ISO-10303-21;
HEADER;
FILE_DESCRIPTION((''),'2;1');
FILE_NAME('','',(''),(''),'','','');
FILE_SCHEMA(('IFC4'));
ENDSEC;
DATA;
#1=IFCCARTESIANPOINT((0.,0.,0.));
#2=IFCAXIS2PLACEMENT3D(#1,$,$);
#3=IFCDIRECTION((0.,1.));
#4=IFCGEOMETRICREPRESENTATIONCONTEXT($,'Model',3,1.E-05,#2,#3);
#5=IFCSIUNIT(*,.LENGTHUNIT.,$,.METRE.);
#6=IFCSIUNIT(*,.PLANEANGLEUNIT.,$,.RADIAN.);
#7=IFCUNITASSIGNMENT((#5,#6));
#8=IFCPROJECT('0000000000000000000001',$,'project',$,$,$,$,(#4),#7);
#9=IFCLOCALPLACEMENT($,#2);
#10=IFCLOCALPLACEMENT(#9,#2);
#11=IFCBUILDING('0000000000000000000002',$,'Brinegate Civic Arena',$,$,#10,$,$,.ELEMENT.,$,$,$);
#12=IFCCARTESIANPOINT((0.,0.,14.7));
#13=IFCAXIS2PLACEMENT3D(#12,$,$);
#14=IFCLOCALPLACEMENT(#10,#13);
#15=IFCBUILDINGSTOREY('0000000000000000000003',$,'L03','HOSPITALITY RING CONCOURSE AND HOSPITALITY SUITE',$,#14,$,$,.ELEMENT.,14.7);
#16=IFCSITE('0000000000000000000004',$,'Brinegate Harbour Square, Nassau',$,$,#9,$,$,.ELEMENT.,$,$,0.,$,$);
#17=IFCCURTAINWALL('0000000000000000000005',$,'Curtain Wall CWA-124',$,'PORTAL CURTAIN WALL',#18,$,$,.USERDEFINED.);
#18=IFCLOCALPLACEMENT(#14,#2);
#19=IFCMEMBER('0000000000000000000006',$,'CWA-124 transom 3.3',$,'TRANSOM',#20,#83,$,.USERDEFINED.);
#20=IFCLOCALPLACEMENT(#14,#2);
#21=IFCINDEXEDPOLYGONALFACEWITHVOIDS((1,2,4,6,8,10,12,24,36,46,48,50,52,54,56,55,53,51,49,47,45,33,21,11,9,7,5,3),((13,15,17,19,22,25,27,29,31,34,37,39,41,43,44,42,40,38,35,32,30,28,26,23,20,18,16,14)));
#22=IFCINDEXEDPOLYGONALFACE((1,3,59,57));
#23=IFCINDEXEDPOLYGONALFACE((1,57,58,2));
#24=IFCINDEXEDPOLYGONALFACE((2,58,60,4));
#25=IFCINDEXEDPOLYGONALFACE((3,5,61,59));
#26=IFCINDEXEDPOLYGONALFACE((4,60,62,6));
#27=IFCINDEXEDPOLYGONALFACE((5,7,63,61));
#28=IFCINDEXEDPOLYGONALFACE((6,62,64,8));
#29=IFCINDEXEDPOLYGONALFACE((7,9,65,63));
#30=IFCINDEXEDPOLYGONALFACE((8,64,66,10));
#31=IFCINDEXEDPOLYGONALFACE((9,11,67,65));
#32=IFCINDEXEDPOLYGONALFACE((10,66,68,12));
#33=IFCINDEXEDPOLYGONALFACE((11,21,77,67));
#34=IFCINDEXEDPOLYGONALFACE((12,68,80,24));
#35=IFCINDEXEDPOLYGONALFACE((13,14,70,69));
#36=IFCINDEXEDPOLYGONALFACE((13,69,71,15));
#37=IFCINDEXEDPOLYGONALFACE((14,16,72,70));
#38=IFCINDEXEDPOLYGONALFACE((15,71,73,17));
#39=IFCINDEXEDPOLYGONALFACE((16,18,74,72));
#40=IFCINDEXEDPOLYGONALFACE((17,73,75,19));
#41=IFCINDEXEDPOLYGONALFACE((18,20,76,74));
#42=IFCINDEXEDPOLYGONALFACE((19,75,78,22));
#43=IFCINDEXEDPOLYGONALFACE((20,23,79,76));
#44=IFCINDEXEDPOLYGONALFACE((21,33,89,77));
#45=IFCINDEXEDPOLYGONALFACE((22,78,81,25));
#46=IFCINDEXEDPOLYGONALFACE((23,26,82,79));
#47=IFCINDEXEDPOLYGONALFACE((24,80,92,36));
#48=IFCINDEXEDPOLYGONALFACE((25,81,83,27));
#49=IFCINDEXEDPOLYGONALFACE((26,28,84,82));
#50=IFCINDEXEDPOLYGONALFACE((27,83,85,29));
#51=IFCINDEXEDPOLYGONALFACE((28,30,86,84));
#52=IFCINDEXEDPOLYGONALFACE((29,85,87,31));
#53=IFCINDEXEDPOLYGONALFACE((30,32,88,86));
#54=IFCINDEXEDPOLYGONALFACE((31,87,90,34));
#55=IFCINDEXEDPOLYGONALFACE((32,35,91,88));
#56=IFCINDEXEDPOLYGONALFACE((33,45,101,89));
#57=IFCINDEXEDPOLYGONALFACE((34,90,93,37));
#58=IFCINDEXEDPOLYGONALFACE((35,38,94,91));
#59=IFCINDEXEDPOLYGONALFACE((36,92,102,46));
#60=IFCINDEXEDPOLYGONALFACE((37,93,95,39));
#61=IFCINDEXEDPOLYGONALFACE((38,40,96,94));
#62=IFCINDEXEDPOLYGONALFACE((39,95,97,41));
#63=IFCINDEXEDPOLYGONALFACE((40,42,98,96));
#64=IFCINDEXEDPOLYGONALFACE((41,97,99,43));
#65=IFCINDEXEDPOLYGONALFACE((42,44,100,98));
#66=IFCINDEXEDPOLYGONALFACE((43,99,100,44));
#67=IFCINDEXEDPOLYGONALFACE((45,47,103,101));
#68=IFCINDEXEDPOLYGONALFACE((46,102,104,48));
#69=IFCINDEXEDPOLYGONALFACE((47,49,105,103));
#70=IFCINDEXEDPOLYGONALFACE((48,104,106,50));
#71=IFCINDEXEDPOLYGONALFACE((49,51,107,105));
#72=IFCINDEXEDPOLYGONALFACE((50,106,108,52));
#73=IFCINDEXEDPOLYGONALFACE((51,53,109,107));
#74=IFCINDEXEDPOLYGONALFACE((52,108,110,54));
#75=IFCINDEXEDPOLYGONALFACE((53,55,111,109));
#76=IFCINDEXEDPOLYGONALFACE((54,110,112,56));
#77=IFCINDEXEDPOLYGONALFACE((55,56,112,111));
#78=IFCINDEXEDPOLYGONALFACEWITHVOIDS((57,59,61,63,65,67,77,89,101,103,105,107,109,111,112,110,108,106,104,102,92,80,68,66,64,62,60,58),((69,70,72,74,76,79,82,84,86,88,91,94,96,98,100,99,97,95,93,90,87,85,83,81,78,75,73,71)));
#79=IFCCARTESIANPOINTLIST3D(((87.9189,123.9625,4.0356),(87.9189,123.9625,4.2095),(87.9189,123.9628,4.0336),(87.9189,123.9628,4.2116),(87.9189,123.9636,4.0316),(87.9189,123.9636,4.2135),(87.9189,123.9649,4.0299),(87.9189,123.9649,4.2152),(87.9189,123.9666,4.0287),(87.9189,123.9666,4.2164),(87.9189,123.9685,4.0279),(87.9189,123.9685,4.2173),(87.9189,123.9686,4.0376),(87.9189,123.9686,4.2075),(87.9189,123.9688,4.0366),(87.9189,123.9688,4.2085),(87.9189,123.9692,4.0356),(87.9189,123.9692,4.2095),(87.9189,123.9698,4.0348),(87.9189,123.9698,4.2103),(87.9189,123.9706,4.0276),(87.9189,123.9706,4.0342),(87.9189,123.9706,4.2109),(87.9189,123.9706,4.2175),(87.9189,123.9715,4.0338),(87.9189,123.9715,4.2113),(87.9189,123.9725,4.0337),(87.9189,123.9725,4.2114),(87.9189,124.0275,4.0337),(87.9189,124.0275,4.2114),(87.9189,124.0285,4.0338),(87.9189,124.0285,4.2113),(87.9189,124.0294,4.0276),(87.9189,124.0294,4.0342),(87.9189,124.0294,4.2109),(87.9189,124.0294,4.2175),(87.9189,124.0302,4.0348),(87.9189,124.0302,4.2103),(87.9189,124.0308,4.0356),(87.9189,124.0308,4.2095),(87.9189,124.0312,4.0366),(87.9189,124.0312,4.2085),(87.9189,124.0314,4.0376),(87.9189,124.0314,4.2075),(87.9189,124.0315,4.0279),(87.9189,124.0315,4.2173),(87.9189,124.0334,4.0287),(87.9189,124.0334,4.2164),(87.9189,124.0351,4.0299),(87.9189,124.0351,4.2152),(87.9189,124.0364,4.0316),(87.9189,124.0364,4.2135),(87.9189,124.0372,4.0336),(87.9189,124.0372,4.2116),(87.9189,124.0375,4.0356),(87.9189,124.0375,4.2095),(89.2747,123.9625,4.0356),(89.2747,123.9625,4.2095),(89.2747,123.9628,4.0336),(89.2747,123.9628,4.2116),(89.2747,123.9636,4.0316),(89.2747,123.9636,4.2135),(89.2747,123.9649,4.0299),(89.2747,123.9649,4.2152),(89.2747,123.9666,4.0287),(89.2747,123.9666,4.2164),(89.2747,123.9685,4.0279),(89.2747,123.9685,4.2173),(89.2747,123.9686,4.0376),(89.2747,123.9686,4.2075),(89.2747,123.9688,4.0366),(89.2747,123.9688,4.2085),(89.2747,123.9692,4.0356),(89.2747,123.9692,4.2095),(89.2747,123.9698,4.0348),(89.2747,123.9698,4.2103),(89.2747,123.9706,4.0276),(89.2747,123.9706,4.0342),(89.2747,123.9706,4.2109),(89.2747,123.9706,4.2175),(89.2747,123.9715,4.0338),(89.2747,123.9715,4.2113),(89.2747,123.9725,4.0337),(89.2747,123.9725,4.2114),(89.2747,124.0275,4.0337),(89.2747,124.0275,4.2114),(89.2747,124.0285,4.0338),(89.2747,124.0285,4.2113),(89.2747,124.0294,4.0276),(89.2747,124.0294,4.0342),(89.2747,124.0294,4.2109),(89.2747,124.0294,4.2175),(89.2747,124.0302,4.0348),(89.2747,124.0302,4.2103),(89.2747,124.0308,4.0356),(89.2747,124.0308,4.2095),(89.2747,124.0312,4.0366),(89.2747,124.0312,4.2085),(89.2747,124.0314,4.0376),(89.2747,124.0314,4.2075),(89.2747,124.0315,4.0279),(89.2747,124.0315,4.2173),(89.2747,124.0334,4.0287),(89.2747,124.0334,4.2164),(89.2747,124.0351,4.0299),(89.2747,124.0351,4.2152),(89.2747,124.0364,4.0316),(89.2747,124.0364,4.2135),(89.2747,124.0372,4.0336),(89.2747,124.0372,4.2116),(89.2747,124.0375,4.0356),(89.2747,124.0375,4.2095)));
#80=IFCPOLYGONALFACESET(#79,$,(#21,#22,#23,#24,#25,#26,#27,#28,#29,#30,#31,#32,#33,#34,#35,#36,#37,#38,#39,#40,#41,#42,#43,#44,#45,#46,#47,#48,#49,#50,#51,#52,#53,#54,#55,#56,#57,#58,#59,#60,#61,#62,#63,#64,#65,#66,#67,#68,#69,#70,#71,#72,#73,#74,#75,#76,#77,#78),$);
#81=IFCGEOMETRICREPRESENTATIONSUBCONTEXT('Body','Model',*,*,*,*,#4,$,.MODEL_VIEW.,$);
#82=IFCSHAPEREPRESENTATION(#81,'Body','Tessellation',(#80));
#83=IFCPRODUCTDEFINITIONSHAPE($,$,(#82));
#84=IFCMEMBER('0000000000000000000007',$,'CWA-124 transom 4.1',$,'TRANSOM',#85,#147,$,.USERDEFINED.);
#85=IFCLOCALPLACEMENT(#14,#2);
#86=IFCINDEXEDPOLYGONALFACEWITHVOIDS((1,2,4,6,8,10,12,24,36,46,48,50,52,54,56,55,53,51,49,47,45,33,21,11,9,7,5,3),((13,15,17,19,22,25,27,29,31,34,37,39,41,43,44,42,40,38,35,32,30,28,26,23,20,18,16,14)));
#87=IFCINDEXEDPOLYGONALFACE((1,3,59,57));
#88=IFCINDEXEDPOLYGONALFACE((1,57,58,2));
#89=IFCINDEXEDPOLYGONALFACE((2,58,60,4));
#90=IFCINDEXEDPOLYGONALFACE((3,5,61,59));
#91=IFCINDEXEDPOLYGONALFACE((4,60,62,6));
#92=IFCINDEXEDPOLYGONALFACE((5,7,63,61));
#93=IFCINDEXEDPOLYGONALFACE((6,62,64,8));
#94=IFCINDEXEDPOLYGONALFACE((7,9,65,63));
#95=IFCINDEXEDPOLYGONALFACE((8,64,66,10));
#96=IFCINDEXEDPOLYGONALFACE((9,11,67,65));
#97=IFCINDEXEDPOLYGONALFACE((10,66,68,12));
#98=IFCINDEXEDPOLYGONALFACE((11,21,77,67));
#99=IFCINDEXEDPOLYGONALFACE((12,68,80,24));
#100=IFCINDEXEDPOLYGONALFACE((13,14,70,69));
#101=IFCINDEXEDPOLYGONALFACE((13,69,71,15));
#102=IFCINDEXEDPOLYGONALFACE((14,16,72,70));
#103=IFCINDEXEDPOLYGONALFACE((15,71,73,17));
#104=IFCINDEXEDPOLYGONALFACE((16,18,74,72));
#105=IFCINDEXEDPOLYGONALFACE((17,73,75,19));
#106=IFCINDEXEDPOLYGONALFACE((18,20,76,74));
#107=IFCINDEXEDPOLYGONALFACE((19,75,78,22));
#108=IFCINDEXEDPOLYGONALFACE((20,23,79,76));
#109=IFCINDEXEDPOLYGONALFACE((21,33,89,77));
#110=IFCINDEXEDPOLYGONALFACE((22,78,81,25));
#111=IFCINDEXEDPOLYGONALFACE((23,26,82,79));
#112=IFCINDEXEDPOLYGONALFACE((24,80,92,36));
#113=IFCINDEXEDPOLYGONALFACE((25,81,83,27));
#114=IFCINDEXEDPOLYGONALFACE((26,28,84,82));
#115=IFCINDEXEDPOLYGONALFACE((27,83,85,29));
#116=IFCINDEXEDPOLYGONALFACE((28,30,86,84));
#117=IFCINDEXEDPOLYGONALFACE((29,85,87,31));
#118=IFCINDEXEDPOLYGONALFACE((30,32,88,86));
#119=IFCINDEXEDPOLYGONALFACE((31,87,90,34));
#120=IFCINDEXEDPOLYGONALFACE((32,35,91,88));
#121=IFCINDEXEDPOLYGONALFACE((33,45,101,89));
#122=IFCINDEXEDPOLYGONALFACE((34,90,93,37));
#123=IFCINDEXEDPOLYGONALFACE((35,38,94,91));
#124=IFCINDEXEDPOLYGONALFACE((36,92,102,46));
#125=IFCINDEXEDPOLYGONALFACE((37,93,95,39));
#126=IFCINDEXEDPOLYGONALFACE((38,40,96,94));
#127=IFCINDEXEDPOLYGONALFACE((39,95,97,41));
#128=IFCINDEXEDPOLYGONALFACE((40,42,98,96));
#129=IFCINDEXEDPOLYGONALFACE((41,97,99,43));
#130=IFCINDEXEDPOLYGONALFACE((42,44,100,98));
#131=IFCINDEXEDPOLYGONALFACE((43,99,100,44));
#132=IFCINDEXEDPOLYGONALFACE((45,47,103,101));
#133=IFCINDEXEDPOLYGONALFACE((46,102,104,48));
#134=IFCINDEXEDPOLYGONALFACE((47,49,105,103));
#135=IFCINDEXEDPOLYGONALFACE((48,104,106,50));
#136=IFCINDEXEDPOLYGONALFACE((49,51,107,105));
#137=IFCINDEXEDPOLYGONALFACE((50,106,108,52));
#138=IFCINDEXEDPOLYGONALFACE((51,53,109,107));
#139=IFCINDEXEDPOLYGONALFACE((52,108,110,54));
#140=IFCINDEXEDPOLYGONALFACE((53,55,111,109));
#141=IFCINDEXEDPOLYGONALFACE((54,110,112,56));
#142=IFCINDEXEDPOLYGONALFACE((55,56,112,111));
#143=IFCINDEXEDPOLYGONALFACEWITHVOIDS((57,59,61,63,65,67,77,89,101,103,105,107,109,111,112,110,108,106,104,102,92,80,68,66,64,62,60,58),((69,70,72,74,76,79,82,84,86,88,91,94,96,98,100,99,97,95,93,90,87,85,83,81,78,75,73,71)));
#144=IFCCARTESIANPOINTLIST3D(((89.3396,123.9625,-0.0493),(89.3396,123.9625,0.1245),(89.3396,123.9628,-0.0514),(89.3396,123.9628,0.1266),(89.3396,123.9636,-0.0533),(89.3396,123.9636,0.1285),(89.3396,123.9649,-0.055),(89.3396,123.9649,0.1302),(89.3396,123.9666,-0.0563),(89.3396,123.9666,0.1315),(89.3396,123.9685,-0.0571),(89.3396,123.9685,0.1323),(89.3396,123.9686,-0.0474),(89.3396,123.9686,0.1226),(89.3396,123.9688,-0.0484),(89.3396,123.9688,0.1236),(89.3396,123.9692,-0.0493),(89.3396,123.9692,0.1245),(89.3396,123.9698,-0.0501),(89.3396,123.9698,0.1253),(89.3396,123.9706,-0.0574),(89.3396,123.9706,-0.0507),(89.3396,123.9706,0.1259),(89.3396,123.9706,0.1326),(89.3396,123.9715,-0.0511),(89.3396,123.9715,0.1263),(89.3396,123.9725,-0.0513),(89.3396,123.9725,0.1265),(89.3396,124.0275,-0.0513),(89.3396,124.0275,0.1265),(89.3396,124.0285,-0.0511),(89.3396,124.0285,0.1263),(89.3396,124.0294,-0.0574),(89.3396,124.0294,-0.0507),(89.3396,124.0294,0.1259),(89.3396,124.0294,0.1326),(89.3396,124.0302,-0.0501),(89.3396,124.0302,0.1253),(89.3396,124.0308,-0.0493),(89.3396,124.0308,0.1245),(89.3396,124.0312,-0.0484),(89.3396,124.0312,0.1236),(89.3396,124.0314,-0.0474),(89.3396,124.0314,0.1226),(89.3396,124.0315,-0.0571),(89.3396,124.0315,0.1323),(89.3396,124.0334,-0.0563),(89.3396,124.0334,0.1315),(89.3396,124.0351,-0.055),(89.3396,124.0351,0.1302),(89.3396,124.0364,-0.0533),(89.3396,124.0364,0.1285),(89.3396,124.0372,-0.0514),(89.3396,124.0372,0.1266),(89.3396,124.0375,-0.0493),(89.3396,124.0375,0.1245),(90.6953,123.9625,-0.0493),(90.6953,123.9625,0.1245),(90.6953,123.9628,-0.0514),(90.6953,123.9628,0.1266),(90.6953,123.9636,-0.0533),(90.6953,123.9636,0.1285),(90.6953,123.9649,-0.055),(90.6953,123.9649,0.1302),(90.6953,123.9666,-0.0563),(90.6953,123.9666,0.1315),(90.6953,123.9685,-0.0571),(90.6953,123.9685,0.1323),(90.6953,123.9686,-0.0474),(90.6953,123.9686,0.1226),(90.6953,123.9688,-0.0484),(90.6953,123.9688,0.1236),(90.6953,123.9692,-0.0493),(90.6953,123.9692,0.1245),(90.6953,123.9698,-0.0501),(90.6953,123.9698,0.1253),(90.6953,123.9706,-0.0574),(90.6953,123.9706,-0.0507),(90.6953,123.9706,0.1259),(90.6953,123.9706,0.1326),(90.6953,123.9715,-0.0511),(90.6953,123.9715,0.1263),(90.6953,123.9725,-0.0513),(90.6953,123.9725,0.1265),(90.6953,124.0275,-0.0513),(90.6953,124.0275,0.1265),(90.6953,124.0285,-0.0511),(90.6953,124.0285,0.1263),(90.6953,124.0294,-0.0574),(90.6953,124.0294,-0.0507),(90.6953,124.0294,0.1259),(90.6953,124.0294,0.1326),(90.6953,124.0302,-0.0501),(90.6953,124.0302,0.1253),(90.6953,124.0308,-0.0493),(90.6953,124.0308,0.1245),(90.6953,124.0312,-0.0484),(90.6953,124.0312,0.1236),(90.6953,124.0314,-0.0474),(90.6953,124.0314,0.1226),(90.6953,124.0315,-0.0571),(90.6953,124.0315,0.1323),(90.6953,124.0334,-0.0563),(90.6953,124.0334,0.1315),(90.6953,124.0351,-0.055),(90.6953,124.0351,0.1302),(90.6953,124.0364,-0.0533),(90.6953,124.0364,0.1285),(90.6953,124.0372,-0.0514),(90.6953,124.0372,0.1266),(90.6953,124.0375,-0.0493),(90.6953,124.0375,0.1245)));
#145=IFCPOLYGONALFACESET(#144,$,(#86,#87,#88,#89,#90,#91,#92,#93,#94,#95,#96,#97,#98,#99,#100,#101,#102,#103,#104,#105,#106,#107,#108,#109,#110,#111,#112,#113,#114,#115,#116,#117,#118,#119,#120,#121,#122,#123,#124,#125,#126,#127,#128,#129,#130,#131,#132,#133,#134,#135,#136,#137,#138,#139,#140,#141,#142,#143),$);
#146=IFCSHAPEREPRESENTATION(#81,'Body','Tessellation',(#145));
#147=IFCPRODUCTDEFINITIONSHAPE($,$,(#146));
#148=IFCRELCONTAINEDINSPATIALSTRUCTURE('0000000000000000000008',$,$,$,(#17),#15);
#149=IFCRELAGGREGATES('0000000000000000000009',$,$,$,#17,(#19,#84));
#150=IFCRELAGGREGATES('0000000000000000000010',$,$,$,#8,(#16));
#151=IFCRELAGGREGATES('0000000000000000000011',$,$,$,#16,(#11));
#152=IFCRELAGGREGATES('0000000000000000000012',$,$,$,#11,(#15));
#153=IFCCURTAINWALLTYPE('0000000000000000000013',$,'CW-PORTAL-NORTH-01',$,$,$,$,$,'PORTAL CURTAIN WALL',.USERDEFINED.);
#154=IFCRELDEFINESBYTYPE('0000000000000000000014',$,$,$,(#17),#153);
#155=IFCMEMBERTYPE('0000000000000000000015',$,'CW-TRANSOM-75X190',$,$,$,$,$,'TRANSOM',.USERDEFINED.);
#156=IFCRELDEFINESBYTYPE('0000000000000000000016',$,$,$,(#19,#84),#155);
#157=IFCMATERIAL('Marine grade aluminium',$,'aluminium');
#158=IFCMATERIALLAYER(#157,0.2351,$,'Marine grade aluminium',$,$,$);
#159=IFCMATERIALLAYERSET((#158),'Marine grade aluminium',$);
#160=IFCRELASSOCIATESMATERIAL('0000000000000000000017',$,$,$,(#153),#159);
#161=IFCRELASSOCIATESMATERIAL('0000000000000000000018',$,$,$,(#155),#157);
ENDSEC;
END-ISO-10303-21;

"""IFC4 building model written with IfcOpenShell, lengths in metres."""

from ifc_helpers import new_model, si_unit, direction, frame, origin, origin_2d, place, context, subcontext, project, spatial, hollow_rectangle, extrude, material, layer, layer_set, material_profile, profile_set, type_object, element, aggregate, save


model = new_model("IFC4")

# Units and contexts
model_context = context("Model", 3, precision=1e-05, world=origin(), true_north=direction((0.0, 1.0)))
body_context = subcontext(model_context, "Body", "Model", "MODEL_VIEW")
ifc_project = project(units=[si_unit("LENGTHUNIT", "METRE"), si_unit("PLANEANGLEUNIT", "RADIAN")], contexts=[model_context])

# Site, building, storey
site_placement = place(None, origin())
site = spatial("IfcSite", under=ifc_project, at=site_placement, Name="Brinegate Harbour Square, Nassau", CompositionType="ELEMENT", RefElevation=0.0)
building_placement = place(site_placement, origin())
building = spatial("IfcBuilding", under=site, at=building_placement, Name="Brinegate Civic Arena", CompositionType="ELEMENT")
storey_placement = place(building_placement, frame((0.0, 0.0, 14.7)))
storey = spatial("IfcBuildingStorey", under=building, at=storey_placement, Name="L03", Description="HOSPITALITY RING CONCOURSE AND HOSPITALITY SUITE", CompositionType="ELEMENT", Elevation=14.7)

# Curtain wall, members
ifc_material_1 = material(Name="Marine grade aluminium", Category="aluminium")
ifc_layer_1 = layer(ifc_material_1, 0.2351, Name="Marine grade aluminium")
ifc_layer_set_1 = layer_set([ifc_layer_1], Name="Marine grade aluminium")
curtain_wall_type = type_object("IfcCurtainWallType", Name="CW-PORTAL-NORTH-01", ElementType="PORTAL CURTAIN WALL", PredefinedType="USERDEFINED", material=ifc_layer_set_1)
curtain_wall_placement = place(storey_placement, origin())
curtain_wall = element("IfcCurtainWall", 1, at=curtain_wall_placement, inside=storey, type_object=curtain_wall_type, Name="Curtain Wall CWA-124", ObjectType="PORTAL CURTAIN WALL", PredefinedType="USERDEFINED")
ifc_material_profile_1 = material_profile(ifc_material_1, hollow_rectangle(XDim=0.075, YDim=0.1899, WallThickness=0.0061, InnerFilletRadius=0.0039, OuterFilletRadius=0.0081, at=origin_2d()), Name="TRN75X190")
ifc_profile_set_1 = profile_set([ifc_material_profile_1], Name="Marine grade aluminium")
member_type_1 = type_object("IfcMemberType", Name="CW-TRANSOM-75X190", ElementType="TRANSOM", PredefinedType="USERDEFINED", material=ifc_profile_set_1)
member_1_placement = place(storey_placement, frame((87.9189, 124.0, 4.1226), z_axis=(1.0, 0.0, 0.0), x_axis=(0.0, 1.0, 0.0)))
member_1 = element("IfcMember", 2, at=member_1_placement, type_object=member_type_1, Name="CWA-124 transom 3.3", ObjectType="TRANSOM", PredefinedType="USERDEFINED", context=body_context, shape_type="SweptSolid", body=[
    extrude(hollow_rectangle(XDim=0.075, YDim=0.1899, WallThickness=0.0061, InnerFilletRadius=0.0039, OuterFilletRadius=0.0081, at=origin_2d()), origin(), (0.0, 0.0, 1.0), 1.3557),
])
member_2_placement = place(storey_placement, frame((89.3396, 124.0, 0.0376), z_axis=(1.0, 0.0, 0.0), x_axis=(0.0, 1.0, 0.0)))
member_2 = element("IfcMember", 3, at=member_2_placement, type_object=member_type_1, Name="CWA-124 transom 4.1", ObjectType="TRANSOM", PredefinedType="USERDEFINED", context=body_context, shape_type="SweptSolid", body=[
    extrude(hollow_rectangle(XDim=0.075, YDim=0.1899, WallThickness=0.0061, InnerFilletRadius=0.0039, OuterFilletRadius=0.0081, at=origin_2d()), origin(), (0.0, 0.0, 1.0), 1.3557),
])

aggregate(curtain_wall, [member_1, member_2])

save(model, "model.ifc")
